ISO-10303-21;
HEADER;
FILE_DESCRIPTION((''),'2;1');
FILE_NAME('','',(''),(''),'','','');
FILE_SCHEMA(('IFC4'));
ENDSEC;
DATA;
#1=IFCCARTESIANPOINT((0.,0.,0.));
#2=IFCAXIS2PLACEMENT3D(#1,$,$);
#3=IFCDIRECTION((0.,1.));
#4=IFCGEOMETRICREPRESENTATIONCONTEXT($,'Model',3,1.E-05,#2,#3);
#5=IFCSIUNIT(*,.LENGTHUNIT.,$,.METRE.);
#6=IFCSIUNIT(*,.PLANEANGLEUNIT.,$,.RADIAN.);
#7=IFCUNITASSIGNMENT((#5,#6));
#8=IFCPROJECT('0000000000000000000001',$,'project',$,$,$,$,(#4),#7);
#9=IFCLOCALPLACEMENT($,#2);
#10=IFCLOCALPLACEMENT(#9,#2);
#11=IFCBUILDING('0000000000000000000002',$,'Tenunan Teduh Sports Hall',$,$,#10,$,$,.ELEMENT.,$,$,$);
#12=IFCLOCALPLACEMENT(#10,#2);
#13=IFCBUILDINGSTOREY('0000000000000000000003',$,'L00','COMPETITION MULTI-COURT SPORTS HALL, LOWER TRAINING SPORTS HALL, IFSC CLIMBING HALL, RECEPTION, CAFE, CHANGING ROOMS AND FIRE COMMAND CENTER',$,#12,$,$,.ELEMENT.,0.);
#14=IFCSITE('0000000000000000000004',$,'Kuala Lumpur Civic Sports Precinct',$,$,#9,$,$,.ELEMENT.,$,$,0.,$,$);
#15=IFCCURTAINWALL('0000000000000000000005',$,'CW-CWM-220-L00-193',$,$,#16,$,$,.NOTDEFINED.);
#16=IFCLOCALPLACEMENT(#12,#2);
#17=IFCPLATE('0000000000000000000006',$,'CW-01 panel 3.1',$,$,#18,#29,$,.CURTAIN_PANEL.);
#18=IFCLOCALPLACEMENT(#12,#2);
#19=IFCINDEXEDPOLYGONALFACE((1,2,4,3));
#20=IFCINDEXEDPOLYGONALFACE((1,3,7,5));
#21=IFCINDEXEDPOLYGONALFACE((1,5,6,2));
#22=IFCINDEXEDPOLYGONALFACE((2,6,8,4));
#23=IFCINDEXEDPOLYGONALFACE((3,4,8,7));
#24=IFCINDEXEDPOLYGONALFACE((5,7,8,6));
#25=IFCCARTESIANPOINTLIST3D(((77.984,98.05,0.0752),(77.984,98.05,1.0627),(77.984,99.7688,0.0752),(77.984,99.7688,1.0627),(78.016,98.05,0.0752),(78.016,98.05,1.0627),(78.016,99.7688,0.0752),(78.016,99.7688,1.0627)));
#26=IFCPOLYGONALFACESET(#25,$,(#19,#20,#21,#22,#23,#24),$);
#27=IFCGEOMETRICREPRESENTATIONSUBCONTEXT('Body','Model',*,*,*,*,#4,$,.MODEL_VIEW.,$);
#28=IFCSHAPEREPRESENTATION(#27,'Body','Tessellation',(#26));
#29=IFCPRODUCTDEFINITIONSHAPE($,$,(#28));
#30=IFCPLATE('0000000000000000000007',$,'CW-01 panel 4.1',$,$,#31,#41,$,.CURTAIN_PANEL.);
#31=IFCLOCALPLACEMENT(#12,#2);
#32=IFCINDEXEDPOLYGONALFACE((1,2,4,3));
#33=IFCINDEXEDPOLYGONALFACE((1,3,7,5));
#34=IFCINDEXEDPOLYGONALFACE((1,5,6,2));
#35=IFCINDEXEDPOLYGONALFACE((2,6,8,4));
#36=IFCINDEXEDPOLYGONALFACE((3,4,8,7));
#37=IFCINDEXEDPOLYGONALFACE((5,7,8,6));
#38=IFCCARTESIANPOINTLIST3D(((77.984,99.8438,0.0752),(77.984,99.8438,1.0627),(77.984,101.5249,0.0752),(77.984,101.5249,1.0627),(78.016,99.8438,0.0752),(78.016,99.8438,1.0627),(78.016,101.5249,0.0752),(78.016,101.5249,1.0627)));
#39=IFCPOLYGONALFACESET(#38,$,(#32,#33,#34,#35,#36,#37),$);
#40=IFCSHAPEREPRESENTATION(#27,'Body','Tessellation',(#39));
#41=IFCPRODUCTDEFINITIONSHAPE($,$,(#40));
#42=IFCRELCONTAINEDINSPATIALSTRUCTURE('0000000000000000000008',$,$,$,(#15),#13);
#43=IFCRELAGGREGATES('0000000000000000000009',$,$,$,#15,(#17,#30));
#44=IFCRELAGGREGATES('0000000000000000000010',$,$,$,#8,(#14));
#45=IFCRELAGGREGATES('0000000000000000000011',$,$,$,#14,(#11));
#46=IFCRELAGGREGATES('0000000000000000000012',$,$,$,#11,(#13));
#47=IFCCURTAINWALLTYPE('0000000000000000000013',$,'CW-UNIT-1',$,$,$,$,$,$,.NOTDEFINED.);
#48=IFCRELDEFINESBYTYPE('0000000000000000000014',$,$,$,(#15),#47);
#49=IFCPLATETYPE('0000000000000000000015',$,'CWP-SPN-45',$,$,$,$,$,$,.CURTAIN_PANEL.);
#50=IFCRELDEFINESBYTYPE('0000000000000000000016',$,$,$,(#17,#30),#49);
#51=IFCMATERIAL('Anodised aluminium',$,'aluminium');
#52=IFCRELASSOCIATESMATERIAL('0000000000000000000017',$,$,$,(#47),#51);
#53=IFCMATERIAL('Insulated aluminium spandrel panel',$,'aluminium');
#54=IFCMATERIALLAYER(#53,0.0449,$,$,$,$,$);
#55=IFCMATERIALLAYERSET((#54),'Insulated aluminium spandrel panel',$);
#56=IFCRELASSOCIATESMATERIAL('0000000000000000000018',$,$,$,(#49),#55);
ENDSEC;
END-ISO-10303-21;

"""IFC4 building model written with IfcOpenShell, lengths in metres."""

from ifc_helpers import new_model, si_unit, direction, frame, origin, origin_2d, place, context, subcontext, project, spatial, rectangle, extrude, material, layer, layer_set, type_object, element, aggregate, save


model = new_model("IFC4")

# Units and contexts
model_context = context("Model", 3, precision=1e-05, world=origin(), true_north=direction((0.0, 1.0)))
body_context = subcontext(model_context, "Body", "Model", "MODEL_VIEW")
ifc_project = project(units=[si_unit("LENGTHUNIT", "METRE"), si_unit("PLANEANGLEUNIT", "RADIAN")], contexts=[model_context])

# Site, building, storey
site_placement = place(None, origin())
site = spatial("IfcSite", under=ifc_project, at=site_placement, Name="Kuala Lumpur Civic Sports Precinct", CompositionType="ELEMENT", RefElevation=0.0)
building_placement = place(site_placement, origin())
building = spatial("IfcBuilding", under=site, at=building_placement, Name="Tenunan Teduh Sports Hall", CompositionType="ELEMENT")
storey_placement = place(building_placement, origin())
storey = spatial("IfcBuildingStorey", under=building, at=storey_placement, Name="L00", Description="COMPETITION MULTI-COURT SPORTS HALL, LOWER TRAINING SPORTS HALL, IFSC CLIMBING HALL, RECEPTION, CAFE, CHANGING ROOMS AND FIRE COMMAND CENTER", CompositionType="ELEMENT", Elevation=0.0)

# Curtain wall
ifc_material_1 = material(Name="Anodised aluminium", Category="aluminium")
curtain_wall_type = type_object("IfcCurtainWallType", Name="CW-UNIT-1", PredefinedType="NOTDEFINED", material=ifc_material_1)
curtain_wall_placement = place(storey_placement, origin())
curtain_wall = element("IfcCurtainWall", 1, at=curtain_wall_placement, inside=storey, type_object=curtain_wall_type, Name="CW-CWM-220-L00-193", PredefinedType="NOTDEFINED")

# Plates
ifc_material_2 = material(Name="Insulated aluminium spandrel panel", Category="aluminium")
ifc_layer_1 = layer(ifc_material_2, 0.0449)
ifc_layer_set_1 = layer_set([ifc_layer_1], Name="Insulated aluminium spandrel panel")
plate_type_1 = type_object("IfcPlateType", Name="CWP-SPN-45", PredefinedType="CURTAIN_PANEL", material=ifc_layer_set_1)
plate_1_placement = place(storey_placement, frame((78.0, 98.9094, 0.0752), z_axis=(0.0, 0.0, 1.0), x_axis=(0.0, 1.0, 0.0)))
plate_1 = element("IfcPlate", 2, at=plate_1_placement, type_object=plate_type_1, Name="CW-01 panel 3.1", PredefinedType="CURTAIN_PANEL", context=body_context, shape_type="SweptSolid", body=[
    extrude(rectangle(XDim=1.7188, YDim=0.032, at=origin_2d()), origin(), (0.0, 0.0, 1.0), 0.9875),
])
plate_2_placement = place(storey_placement, frame((78.0, 100.6843, 0.0752), z_axis=(0.0, 0.0, 1.0), x_axis=(0.0, 1.0, 0.0)))
plate_2 = element("IfcPlate", 3, at=plate_2_placement, type_object=plate_type_1, Name="CW-01 panel 4.1", PredefinedType="CURTAIN_PANEL", context=body_context, shape_type="SweptSolid", body=[
    extrude(rectangle(XDim=1.6812, YDim=0.032, at=origin_2d()), origin(), (0.0, 0.0, 1.0), 0.9875),
])
aggregate(curtain_wall, [plate_1, plate_2])

save(model, "model.ifc")
